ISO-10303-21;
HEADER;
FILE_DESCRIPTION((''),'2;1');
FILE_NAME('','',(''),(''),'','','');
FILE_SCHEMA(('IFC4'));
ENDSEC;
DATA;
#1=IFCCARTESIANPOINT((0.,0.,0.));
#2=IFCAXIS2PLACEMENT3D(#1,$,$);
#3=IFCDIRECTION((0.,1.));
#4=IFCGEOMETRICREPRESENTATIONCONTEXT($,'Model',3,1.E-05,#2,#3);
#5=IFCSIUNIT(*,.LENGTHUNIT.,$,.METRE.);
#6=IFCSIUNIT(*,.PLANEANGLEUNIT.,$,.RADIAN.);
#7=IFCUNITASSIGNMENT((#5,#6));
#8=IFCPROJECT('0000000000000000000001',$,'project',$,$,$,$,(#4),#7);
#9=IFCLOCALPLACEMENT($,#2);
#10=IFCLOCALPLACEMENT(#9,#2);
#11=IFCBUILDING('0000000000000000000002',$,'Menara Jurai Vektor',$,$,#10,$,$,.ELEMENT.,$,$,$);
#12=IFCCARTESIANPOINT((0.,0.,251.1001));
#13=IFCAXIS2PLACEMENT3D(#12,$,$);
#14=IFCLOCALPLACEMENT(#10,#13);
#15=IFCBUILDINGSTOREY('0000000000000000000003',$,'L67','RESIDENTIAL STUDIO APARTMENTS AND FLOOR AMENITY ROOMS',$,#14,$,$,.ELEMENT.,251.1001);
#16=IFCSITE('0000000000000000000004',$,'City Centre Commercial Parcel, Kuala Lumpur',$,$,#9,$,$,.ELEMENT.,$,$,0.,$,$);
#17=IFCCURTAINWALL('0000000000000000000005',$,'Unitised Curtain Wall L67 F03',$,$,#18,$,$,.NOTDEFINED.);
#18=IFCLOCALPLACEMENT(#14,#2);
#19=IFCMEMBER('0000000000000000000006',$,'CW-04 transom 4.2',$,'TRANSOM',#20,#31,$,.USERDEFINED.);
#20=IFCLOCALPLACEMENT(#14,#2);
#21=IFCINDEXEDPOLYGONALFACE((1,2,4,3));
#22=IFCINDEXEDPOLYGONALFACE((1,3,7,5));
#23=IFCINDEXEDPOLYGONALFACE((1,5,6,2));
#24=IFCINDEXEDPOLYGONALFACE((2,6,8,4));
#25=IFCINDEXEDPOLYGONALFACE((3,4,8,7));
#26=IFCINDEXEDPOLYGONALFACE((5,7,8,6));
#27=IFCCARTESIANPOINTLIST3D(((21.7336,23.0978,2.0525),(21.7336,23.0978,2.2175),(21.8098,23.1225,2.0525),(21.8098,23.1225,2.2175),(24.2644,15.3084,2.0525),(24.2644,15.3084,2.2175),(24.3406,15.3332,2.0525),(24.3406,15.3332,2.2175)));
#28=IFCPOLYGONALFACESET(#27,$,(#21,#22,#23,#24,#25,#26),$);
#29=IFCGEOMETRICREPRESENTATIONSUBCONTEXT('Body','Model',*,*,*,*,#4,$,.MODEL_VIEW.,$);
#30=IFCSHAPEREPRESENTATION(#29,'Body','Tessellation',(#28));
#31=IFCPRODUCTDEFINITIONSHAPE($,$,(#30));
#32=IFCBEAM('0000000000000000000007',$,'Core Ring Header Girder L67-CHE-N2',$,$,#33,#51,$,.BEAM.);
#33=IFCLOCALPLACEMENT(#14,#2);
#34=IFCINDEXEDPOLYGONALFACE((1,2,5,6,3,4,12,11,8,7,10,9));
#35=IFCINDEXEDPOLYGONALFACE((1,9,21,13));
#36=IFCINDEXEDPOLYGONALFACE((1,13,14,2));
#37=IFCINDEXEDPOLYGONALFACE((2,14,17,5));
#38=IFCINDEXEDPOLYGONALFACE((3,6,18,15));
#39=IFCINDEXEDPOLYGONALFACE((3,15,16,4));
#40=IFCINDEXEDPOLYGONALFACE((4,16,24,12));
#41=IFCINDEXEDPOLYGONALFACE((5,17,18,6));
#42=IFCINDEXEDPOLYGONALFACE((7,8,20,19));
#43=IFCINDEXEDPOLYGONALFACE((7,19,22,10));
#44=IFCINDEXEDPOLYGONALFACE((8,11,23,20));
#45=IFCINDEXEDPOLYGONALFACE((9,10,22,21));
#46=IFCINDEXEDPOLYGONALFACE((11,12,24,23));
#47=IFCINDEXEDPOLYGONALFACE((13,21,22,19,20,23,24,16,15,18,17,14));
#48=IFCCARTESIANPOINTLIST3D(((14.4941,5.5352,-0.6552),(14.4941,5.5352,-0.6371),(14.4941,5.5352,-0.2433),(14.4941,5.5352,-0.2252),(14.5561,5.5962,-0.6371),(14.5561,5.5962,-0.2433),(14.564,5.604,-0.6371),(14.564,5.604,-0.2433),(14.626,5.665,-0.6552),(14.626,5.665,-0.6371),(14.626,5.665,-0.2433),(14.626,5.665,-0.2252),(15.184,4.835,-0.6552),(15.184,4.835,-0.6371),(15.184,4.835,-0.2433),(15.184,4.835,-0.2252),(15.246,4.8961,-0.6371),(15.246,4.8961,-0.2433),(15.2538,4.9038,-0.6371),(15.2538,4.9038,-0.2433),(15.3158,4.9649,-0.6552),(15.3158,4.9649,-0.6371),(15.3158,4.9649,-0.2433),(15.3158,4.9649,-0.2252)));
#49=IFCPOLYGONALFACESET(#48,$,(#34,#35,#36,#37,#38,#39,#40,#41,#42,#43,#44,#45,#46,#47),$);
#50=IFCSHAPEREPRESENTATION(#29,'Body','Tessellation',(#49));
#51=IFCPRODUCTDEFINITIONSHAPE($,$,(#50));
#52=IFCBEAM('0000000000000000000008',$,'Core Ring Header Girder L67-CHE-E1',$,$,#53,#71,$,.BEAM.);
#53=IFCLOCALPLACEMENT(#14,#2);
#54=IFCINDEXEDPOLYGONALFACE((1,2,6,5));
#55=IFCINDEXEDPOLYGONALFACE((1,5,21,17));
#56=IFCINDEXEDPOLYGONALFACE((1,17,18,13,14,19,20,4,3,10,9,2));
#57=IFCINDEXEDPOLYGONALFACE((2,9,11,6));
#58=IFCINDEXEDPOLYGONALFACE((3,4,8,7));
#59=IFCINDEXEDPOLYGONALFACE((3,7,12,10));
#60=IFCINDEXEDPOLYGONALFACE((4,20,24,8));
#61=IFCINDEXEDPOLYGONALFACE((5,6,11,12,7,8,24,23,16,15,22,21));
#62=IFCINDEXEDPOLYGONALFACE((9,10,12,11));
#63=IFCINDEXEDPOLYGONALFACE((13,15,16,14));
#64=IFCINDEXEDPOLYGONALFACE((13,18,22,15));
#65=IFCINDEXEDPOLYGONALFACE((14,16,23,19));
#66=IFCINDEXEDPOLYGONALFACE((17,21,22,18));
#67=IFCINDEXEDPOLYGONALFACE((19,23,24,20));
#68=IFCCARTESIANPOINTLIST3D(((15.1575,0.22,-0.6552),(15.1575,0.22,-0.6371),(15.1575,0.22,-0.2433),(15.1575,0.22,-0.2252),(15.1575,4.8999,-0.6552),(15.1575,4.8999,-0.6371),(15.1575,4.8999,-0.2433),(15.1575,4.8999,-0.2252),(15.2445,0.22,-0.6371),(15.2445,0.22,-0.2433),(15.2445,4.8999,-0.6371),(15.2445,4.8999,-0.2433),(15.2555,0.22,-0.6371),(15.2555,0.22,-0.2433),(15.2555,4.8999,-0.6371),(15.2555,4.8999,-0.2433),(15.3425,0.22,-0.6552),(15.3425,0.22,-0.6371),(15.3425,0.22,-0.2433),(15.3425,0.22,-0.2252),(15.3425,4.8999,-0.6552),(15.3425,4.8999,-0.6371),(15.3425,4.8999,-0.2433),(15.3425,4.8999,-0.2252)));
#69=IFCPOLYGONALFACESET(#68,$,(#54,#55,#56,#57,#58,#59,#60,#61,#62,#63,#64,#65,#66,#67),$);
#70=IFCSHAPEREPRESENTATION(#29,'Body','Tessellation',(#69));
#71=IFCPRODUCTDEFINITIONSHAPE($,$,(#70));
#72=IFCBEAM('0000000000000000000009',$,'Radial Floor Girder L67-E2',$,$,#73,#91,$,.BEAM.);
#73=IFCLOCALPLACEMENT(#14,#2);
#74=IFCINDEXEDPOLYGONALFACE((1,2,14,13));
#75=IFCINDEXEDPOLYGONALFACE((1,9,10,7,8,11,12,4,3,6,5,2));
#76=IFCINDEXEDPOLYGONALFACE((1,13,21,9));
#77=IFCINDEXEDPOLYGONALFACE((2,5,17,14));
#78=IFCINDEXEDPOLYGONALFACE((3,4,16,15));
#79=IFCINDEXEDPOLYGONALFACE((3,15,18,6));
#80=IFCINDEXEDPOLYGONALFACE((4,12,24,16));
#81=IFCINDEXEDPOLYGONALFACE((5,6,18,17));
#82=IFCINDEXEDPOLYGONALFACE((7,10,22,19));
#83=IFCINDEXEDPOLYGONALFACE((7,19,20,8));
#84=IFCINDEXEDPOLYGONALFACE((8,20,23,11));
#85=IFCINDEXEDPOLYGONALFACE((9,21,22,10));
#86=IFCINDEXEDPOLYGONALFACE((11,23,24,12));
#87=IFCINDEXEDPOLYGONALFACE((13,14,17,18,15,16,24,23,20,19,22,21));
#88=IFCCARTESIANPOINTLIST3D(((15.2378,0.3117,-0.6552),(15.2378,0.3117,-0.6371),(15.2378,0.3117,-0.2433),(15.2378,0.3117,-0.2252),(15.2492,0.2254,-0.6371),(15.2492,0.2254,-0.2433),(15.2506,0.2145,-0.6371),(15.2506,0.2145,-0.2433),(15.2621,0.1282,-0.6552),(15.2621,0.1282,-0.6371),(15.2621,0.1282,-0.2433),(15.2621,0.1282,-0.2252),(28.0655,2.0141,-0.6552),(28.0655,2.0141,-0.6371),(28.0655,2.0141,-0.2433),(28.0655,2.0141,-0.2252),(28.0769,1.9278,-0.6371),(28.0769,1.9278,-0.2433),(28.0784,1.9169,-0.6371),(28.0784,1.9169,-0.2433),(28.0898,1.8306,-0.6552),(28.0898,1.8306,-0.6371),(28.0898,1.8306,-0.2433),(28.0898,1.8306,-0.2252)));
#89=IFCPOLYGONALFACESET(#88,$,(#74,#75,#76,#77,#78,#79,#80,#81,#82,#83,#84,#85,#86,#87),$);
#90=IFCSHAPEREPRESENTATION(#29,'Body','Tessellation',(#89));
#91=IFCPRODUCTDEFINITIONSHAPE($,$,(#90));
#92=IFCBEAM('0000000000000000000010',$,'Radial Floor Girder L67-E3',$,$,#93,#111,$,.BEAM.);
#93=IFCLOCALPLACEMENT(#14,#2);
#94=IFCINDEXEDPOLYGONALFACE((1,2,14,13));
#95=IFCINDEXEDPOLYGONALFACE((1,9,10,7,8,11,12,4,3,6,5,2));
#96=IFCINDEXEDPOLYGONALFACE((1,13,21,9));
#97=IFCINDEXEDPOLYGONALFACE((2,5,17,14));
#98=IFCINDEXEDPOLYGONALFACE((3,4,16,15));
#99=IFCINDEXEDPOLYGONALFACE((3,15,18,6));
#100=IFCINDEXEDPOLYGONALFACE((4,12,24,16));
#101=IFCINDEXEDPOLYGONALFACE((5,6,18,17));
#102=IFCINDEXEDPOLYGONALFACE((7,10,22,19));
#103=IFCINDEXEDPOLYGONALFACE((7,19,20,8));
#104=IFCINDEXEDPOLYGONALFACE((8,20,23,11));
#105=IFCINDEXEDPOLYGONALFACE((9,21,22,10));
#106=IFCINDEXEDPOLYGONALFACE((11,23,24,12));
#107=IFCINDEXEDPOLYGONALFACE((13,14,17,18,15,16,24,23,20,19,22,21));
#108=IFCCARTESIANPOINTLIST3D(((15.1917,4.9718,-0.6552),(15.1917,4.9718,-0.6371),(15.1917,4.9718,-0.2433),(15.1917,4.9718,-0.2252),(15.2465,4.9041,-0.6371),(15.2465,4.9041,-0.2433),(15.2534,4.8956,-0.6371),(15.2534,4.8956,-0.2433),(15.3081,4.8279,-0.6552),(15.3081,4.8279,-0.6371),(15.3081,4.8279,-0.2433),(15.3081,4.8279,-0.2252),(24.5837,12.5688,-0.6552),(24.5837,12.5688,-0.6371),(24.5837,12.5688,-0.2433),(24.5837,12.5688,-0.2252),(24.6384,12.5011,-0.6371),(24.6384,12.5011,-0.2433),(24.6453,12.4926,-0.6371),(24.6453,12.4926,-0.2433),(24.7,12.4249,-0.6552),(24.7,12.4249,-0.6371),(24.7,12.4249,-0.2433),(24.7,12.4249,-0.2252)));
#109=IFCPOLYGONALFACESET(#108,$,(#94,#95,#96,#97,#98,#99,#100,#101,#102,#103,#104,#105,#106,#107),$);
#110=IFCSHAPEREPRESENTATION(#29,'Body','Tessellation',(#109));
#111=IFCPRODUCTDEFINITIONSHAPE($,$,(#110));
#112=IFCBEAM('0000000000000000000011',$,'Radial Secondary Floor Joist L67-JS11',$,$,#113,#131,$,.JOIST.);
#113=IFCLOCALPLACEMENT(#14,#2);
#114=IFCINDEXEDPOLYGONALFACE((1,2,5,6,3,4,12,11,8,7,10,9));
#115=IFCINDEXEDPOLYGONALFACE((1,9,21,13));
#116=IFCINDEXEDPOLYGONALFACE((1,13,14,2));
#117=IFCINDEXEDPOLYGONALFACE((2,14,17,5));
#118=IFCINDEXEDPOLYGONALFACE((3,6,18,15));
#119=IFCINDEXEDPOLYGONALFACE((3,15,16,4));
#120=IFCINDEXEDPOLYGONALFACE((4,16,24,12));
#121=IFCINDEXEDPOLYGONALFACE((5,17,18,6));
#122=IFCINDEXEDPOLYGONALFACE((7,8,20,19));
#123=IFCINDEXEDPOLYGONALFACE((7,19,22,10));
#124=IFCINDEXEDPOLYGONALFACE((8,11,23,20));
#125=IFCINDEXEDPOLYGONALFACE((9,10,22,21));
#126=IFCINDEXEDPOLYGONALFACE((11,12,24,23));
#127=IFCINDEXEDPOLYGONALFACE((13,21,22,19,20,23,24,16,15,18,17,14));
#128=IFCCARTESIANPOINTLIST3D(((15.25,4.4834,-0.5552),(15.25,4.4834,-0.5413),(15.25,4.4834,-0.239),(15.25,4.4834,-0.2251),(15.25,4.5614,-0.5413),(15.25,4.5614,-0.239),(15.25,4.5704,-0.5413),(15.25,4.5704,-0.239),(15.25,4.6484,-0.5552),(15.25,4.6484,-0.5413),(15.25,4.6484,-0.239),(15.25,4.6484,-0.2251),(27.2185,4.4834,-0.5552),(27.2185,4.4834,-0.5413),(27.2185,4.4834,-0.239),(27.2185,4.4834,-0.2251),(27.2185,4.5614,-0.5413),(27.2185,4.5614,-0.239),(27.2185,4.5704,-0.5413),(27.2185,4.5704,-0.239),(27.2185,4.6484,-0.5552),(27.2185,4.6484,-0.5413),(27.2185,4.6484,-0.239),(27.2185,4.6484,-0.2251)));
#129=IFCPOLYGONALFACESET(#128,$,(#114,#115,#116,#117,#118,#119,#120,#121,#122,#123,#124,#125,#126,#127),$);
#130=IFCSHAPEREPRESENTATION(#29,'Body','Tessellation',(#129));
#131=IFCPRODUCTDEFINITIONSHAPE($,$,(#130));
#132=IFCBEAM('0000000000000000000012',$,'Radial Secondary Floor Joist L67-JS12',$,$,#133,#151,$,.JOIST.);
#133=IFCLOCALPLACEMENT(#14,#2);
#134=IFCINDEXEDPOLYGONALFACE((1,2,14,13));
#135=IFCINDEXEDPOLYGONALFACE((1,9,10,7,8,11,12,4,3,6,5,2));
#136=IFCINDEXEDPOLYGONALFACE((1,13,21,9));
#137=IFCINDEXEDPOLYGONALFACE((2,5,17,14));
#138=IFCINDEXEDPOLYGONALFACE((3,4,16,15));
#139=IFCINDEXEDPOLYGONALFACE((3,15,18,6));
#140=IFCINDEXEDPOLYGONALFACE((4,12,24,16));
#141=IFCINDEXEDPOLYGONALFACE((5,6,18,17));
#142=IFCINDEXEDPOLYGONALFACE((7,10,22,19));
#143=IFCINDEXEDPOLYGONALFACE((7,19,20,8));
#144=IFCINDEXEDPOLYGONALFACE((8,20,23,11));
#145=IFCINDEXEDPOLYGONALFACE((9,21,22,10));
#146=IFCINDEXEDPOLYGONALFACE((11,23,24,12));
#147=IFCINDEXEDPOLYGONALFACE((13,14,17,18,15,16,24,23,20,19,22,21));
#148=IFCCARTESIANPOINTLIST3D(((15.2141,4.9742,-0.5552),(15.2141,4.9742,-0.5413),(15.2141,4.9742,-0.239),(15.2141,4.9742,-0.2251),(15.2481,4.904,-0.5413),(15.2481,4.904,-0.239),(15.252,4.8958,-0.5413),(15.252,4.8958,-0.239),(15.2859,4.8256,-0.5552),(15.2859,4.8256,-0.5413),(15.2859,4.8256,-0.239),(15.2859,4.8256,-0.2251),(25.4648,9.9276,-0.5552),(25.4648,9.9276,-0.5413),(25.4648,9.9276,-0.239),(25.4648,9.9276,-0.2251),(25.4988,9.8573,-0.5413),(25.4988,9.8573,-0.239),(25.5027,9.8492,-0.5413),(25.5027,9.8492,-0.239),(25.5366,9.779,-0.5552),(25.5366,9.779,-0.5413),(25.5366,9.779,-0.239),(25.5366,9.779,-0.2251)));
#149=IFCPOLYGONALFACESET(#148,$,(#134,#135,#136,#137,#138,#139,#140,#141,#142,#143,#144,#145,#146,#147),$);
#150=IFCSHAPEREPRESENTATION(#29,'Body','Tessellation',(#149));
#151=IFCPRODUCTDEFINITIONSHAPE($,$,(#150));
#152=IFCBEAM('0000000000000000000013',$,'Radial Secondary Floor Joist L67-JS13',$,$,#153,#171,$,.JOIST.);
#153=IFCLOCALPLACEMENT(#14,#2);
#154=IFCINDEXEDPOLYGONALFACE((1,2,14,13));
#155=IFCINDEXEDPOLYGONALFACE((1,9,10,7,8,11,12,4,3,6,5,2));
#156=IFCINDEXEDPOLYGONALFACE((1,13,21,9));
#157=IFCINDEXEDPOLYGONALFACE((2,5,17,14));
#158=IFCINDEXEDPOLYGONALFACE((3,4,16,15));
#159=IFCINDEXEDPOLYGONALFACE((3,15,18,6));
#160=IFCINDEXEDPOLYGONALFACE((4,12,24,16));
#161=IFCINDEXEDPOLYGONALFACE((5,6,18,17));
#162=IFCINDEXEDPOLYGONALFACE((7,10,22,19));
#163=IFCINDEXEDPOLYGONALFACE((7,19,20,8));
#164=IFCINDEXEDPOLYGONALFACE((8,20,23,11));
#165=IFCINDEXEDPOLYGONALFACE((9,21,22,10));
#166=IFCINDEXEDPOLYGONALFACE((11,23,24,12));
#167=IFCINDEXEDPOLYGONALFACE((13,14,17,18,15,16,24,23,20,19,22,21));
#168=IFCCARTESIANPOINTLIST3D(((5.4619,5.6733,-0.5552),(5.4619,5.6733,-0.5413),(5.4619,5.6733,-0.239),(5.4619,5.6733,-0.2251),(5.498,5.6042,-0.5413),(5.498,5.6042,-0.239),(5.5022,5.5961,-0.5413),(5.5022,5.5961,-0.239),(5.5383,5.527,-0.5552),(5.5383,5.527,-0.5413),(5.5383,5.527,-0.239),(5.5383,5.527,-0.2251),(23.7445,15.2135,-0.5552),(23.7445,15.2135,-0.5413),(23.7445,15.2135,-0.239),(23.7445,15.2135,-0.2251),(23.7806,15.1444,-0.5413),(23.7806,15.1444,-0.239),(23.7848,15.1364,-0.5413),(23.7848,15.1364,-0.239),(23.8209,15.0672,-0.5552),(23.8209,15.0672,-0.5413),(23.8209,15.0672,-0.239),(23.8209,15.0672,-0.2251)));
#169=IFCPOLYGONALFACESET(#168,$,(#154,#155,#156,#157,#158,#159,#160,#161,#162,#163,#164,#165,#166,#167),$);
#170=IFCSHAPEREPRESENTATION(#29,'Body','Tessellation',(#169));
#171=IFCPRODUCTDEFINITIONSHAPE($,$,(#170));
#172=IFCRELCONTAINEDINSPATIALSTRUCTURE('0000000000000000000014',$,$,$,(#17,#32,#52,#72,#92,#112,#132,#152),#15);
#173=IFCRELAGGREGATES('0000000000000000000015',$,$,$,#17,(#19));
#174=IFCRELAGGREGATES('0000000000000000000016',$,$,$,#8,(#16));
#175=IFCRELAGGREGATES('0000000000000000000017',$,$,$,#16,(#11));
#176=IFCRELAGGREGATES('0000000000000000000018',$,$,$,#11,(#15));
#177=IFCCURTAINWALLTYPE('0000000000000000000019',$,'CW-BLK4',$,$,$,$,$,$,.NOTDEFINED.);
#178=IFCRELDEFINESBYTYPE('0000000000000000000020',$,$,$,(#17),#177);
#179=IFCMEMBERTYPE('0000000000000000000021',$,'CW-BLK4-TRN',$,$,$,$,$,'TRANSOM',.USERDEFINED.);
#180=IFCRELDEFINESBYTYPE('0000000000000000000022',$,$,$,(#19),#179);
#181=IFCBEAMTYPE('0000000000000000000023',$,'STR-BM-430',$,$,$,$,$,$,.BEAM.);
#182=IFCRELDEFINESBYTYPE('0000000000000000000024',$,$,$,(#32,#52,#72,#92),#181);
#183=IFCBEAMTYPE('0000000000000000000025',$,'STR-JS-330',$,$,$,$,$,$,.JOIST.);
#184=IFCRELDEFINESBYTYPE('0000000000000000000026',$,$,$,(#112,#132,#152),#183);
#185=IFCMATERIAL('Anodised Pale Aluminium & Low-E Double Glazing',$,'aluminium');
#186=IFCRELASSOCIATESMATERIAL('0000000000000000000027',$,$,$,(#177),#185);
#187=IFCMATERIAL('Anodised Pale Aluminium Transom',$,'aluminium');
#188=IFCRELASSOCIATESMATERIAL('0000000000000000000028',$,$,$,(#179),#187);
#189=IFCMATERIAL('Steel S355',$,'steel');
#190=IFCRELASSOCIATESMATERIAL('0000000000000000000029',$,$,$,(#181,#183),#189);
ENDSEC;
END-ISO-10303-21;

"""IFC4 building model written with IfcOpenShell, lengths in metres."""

from ifc_helpers import new_model, si_unit, direction, frame, origin, origin_2d, place, context, subcontext, project, spatial, rectangle, i_section, extrude, material, material_profile, profile_set, type_object, element, aggregate, save


model = new_model("IFC4")

# Units and contexts
model_context = context("Model", 3, precision=1e-05, world=origin(), true_north=direction((0.0, 1.0)))
body_context = subcontext(model_context, "Body", "Model", "MODEL_VIEW")
ifc_project = project(units=[si_unit("LENGTHUNIT", "METRE"), si_unit("PLANEANGLEUNIT", "RADIAN")], contexts=[model_context])

# Site, building, storey
site_placement = place(None, origin())
site = spatial("IfcSite", under=ifc_project, at=site_placement, Name="City Centre Commercial Parcel, Kuala Lumpur", CompositionType="ELEMENT", RefElevation=0.0)
building_placement = place(site_placement, origin())
building = spatial("IfcBuilding", under=site, at=building_placement, Name="Menara Jurai Vektor", CompositionType="ELEMENT")
storey_placement = place(building_placement, frame((0.0, 0.0, 251.1001)))
storey = spatial("IfcBuildingStorey", under=building, at=storey_placement, Name="L67", Description="RESIDENTIAL STUDIO APARTMENTS AND FLOOR AMENITY ROOMS", CompositionType="ELEMENT", Elevation=251.1001)

# Curtain wall, member
ifc_material_1 = material(Name="Anodised Pale Aluminium & Low-E Double Glazing", Category="aluminium")
curtain_wall_type = type_object("IfcCurtainWallType", Name="CW-BLK4", PredefinedType="NOTDEFINED", material=ifc_material_1)
curtain_wall_placement = place(storey_placement, origin())
curtain_wall = element("IfcCurtainWall", 1, at=curtain_wall_placement, inside=storey, type_object=curtain_wall_type, Name="Unitised Curtain Wall L67 F03", PredefinedType="NOTDEFINED")
ifc_material_2 = material(Name="Anodised Pale Aluminium Transom", Category="aluminium")
ifc_material_profile_1 = material_profile(ifc_material_2, rectangle(XDim=0.0801, YDim=0.165, at=origin_2d()), Name="ALU TRN 80x165")
ifc_profile_set_1 = profile_set([ifc_material_profile_1], Name="Anodised Pale Aluminium Transom")
member_type_1 = type_object("IfcMemberType", Name="CW-BLK4-TRN", ElementType="TRANSOM", PredefinedType="USERDEFINED", material=ifc_profile_set_1)
member_1_placement = place(storey_placement, frame((24.3025, 15.3208, 2.135), z_axis=(-0.309002, 0.951061, 0.0), x_axis=(-0.951061, -0.309002, 0.0)))
member_1 = element("IfcMember", 2, at=member_1_placement, type_object=member_type_1, Name="CW-04 transom 4.2", ObjectType="TRANSOM", PredefinedType="USERDEFINED", context=body_context, shape_type="SweptSolid", body=[
    extrude(rectangle(XDim=0.0801, YDim=0.165, at=origin_2d()), origin(), (0.0, 0.0, 1.0), 8.1902),
])

# Beams
ifc_material_3 = material(Name="Steel S355", Category="steel")
ifc_material_profile_2 = material_profile(ifc_material_3, i_section(OverallWidth=0.1851, OverallDepth=0.4299, WebThickness=0.011, FlangeThickness=0.0181, at=origin_2d()), Name="PG 430x185x76")
ifc_profile_set_2 = profile_set([ifc_material_profile_2], Name="Steel S355")
beam_type_1 = type_object("IfcBeamType", Name="STR-BM-430", PredefinedType="BEAM", material=ifc_profile_set_2)
beam_1_placement = place(storey_placement, frame((14.5601, 5.6001, -0.4402), z_axis=(0.701872, -0.712303, 0.0), x_axis=(0.712303, 0.701872, 0.0)))
element("IfcBeam", 3, at=beam_1_placement, inside=storey, type_object=beam_type_1, Name="Core Ring Header Girder L67-CHE-N2", PredefinedType="BEAM", context=body_context, shape_type="SweptSolid", body=[
    extrude(i_section(OverallWidth=0.1851, OverallDepth=0.4299, WebThickness=0.011, FlangeThickness=0.0181, at=origin_2d()), origin(), (0.0, 0.0, 1.0), 0.9829),
])
beam_2_placement = place(storey_placement, frame((15.25, 0.22, -0.4402), z_axis=(0.0, 1.0, 0.0), x_axis=(-1.0, 0.0, 0.0)))
element("IfcBeam", 4, at=beam_2_placement, inside=storey, type_object=beam_type_1, Name="Core Ring Header Girder L67-CHE-E1", PredefinedType="BEAM", context=body_context, shape_type="SweptSolid", body=[
    extrude(i_section(OverallWidth=0.1851, OverallDepth=0.4299, WebThickness=0.011, FlangeThickness=0.0181, at=origin_2d()), origin(), (0.0, 0.0, 1.0), 4.6799),
])
beam_3_placement = place(storey_placement, frame((28.0776, 1.9224, -0.4402), z_axis=(-0.991308, -0.131559, 0.0), x_axis=(0.131559, -0.991308, 0.0)))
element("IfcBeam", 5, at=beam_3_placement, inside=storey, type_object=beam_type_1, Name="Radial Floor Girder L67-E2", PredefinedType="BEAM", context=body_context, shape_type="SweptSolid", body=[
    extrude(i_section(OverallWidth=0.1851, OverallDepth=0.4299, WebThickness=0.011, FlangeThickness=0.0181, at=origin_2d()), origin(), (0.0, 0.0, 1.0), 12.9402),
])
beam_4_placement = place(storey_placement, frame((24.6418, 12.4968, -0.4402), z_axis=(-0.777488, -0.628898, 0.0), x_axis=(0.628898, -0.777488, 0.0)))
element("IfcBeam", 6, at=beam_4_placement, inside=storey, type_object=beam_type_1, Name="Radial Floor Girder L67-E3", PredefinedType="BEAM", context=body_context, shape_type="SweptSolid", body=[
    extrude(i_section(OverallWidth=0.1851, OverallDepth=0.4299, WebThickness=0.011, FlangeThickness=0.0181, at=origin_2d()), origin(), (0.0, 0.0, 1.0), 12.0798),
])
ifc_material_profile_3 = material_profile(ifc_material_3, i_section(OverallWidth=0.165, OverallDepth=0.3301, WebThickness=0.009, FlangeThickness=0.0139, at=origin_2d()), Name="PG 330x165x46")
ifc_profile_set_3 = profile_set([ifc_material_profile_3], Name="Steel S355")
beam_type_2 = type_object("IfcBeamType", Name="STR-JS-330", PredefinedType="JOIST", material=ifc_profile_set_3)
beam_5_placement = place(storey_placement, frame((27.2185, 4.5659, -0.3901), z_axis=(-1.0, 0.0, 0.0), x_axis=(0.0, -1.0, 0.0)))
element("IfcBeam", 7, at=beam_5_placement, inside=storey, type_object=beam_type_2, Name="Radial Secondary Floor Joist L67-JS11", PredefinedType="JOIST", context=body_context, shape_type="SweptSolid", body=[
    extrude(i_section(OverallWidth=0.165, OverallDepth=0.3301, WebThickness=0.009, FlangeThickness=0.0139, at=origin_2d()), origin(), (0.0, 0.0, 1.0), 11.9685),
])
beam_6_placement = place(storey_placement, frame((25.5007, 9.8533, -0.3901), z_axis=(-0.900389, -0.435087, 0.0), x_axis=(0.435087, -0.900389, 0.0)))
element("IfcBeam", 8, at=beam_6_placement, inside=storey, type_object=beam_type_2, Name="Radial Secondary Floor Joist L67-JS12", PredefinedType="JOIST", context=body_context, shape_type="SweptSolid", body=[
    extrude(i_section(OverallWidth=0.165, OverallDepth=0.3301, WebThickness=0.009, FlangeThickness=0.0139, at=origin_2d()), origin(), (0.0, 0.0, 1.0), 11.3848),
])
beam_7_placement = place(storey_placement, frame((23.7827, 15.1404, -0.3901), z_axis=(-0.886556, -0.462622, 0.0), x_axis=(0.462622, -0.886556, 0.0)))
element("IfcBeam", 9, at=beam_7_placement, inside=storey, type_object=beam_type_2, Name="Radial Secondary Floor Joist L67-JS13", PredefinedType="JOIST", context=body_context, shape_type="SweptSolid", body=[
    extrude(i_section(OverallWidth=0.165, OverallDepth=0.3301, WebThickness=0.009, FlangeThickness=0.0139, at=origin_2d()), origin(), (0.0, 0.0, 1.0), 20.6221),
])

aggregate(curtain_wall, [member_1])

save(model, "model.ifc")
